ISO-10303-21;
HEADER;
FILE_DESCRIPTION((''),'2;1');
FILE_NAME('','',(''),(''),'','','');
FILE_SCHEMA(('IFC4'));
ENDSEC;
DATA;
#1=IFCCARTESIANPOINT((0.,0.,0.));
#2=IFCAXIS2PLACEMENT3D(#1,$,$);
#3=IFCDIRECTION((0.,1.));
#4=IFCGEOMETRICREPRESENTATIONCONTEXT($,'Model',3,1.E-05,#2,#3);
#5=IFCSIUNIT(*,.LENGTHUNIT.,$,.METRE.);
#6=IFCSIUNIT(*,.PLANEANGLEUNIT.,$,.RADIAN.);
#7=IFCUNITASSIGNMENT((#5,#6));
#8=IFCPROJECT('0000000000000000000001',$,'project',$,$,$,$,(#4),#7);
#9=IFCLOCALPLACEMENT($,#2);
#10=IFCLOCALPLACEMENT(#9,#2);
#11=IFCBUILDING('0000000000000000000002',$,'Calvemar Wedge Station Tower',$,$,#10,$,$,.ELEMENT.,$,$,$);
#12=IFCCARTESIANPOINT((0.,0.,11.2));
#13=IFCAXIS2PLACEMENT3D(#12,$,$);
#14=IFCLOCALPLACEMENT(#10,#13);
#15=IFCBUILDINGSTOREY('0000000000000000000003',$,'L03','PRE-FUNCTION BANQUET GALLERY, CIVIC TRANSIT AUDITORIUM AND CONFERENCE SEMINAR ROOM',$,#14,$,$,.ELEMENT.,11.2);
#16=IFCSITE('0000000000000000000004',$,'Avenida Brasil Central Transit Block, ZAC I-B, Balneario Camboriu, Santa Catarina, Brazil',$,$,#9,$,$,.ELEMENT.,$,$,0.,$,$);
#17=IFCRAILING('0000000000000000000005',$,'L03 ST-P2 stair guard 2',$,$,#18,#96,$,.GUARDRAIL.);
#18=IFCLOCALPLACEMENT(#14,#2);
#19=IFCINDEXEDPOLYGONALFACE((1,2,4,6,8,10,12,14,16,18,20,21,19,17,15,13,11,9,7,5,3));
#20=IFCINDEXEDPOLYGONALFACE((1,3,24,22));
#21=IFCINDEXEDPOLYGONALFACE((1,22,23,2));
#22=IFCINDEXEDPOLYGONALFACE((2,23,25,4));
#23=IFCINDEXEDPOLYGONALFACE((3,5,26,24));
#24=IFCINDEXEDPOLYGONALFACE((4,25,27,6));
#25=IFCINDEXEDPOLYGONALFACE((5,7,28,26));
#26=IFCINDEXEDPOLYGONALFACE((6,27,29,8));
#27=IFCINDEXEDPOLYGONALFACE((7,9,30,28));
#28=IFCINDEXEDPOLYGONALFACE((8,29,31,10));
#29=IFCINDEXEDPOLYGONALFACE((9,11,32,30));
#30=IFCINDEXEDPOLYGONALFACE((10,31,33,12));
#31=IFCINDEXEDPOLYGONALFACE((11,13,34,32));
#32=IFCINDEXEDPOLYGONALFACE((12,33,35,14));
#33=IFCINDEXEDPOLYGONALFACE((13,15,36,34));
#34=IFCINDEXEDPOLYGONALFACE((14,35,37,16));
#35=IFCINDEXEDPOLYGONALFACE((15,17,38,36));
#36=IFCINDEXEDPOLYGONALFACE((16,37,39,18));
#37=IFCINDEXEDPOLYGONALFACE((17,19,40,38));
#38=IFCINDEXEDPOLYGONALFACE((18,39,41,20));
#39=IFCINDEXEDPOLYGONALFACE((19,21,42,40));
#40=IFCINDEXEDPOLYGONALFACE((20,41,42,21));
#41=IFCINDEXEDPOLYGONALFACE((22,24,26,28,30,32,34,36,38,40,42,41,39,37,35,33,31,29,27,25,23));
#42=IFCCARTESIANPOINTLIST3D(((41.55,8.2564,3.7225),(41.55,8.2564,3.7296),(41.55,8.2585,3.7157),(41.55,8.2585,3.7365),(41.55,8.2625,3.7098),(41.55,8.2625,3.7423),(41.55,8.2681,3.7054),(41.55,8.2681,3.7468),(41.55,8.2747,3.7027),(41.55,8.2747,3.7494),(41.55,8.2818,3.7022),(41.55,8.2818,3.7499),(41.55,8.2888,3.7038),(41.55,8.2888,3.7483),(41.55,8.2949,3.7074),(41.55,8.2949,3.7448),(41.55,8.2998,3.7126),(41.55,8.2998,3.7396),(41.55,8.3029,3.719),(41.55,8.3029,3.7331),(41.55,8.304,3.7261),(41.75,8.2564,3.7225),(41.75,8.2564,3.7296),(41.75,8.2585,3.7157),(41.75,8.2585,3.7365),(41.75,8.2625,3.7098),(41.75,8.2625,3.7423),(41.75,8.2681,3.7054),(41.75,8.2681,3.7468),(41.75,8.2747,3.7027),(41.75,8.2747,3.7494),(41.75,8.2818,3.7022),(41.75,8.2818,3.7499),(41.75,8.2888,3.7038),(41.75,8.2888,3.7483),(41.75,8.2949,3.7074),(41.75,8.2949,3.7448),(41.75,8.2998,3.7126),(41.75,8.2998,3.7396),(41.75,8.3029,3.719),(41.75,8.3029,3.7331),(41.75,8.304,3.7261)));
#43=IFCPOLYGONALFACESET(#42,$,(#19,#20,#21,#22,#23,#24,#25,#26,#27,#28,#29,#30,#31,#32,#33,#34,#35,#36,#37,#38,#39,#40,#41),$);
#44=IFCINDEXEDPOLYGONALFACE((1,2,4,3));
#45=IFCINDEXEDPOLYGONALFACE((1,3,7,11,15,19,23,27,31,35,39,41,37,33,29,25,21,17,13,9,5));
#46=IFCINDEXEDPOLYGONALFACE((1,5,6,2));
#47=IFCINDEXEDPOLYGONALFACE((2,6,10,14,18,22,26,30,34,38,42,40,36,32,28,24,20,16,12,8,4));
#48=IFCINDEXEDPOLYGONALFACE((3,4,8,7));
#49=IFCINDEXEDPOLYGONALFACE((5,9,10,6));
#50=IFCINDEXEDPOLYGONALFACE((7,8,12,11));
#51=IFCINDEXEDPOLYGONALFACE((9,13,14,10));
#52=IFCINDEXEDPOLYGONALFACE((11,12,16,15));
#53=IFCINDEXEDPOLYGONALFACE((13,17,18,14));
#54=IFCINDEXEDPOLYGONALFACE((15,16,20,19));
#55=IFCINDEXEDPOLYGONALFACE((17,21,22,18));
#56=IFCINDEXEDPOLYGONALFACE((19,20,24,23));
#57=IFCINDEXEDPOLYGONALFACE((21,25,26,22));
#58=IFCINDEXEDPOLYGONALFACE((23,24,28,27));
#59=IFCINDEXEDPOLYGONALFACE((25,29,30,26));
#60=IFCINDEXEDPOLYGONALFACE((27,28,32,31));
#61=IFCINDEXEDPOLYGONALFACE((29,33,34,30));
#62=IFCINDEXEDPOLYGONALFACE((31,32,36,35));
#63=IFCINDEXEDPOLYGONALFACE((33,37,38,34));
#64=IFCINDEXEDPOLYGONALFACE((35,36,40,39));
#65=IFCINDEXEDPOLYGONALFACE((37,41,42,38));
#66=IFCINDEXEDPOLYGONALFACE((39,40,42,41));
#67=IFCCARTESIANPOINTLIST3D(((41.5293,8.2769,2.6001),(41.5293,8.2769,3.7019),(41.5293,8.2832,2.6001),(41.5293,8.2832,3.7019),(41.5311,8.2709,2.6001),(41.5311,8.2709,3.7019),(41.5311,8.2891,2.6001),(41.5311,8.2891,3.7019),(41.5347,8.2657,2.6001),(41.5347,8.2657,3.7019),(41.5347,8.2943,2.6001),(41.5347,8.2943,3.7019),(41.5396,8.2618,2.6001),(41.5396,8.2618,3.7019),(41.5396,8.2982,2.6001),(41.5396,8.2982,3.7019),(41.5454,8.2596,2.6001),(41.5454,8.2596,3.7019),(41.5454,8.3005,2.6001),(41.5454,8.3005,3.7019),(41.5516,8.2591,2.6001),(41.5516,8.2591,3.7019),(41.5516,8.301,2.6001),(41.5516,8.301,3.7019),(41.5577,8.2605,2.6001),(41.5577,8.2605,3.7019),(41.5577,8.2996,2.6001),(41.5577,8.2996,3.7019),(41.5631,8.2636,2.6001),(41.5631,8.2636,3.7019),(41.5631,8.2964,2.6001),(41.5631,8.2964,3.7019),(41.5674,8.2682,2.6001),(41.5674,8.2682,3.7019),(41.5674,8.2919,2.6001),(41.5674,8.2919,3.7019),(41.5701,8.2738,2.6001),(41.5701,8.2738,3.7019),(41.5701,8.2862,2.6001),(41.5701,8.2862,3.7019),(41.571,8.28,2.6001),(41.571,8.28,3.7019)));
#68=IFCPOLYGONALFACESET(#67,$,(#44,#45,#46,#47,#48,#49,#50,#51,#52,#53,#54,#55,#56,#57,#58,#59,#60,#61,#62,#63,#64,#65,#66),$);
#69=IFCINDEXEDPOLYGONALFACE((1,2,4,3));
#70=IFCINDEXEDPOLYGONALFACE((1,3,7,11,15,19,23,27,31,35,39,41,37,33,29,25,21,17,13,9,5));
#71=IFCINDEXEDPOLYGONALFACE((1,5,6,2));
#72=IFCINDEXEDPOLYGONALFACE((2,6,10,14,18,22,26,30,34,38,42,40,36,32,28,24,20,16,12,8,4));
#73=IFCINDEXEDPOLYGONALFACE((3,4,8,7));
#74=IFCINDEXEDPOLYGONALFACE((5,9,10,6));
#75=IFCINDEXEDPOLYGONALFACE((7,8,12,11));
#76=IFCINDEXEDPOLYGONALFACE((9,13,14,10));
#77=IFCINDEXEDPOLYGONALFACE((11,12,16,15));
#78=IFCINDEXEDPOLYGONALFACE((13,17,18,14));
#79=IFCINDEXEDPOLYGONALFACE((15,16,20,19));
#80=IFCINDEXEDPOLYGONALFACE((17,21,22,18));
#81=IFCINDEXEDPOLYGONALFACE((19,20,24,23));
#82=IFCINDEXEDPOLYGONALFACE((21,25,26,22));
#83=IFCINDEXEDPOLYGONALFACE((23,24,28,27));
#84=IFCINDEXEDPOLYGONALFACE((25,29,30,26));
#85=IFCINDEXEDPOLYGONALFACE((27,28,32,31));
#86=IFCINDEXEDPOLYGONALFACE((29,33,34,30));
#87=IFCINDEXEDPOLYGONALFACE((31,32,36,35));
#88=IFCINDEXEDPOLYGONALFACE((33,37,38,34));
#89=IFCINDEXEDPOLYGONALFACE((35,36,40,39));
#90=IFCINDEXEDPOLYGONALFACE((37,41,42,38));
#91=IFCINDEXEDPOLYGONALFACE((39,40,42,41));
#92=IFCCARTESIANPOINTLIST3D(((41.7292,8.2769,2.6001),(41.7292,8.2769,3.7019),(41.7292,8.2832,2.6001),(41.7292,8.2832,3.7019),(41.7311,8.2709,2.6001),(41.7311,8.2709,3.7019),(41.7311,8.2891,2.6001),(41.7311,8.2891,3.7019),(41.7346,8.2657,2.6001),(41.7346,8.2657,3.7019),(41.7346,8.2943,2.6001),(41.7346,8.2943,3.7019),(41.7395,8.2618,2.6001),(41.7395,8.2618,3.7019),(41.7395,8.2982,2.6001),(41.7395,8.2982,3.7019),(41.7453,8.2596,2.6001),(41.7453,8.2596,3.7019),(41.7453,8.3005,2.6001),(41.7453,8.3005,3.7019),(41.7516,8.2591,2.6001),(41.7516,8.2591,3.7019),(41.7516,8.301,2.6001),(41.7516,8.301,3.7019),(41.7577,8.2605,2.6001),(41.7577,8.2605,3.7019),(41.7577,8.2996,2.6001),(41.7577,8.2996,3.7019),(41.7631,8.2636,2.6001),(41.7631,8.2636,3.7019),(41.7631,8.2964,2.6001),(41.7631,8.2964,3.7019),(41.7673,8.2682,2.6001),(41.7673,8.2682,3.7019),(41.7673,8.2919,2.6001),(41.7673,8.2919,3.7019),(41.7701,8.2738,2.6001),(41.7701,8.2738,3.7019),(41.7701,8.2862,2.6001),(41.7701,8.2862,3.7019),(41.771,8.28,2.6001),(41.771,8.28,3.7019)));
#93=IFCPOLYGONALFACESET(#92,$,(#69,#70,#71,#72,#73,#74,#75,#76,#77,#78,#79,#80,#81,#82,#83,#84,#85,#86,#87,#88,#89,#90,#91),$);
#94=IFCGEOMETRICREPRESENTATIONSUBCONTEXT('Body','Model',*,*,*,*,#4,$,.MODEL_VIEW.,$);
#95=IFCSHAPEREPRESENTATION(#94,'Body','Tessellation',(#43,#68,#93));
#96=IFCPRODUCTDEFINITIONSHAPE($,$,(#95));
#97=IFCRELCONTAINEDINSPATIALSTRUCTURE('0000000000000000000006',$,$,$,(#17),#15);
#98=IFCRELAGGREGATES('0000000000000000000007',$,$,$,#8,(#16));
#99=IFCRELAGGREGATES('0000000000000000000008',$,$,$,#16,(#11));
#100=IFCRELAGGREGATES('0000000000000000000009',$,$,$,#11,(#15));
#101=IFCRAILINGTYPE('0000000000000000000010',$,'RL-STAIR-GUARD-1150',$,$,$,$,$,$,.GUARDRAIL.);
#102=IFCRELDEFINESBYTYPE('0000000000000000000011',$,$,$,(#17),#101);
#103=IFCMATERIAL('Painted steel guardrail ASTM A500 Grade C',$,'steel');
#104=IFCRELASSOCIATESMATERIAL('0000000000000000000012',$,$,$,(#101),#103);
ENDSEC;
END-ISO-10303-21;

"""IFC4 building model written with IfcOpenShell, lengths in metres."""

from ifc_helpers import new_model, si_unit, direction, frame, origin, origin_2d, place, context, subcontext, project, spatial, circle, extrude, material, type_object, element, save


model = new_model("IFC4")

# Units and contexts
model_context = context("Model", 3, precision=1e-05, world=origin(), true_north=direction((0.0, 1.0)))
body_context = subcontext(model_context, "Body", "Model", "MODEL_VIEW")
ifc_project = project(units=[si_unit("LENGTHUNIT", "METRE"), si_unit("PLANEANGLEUNIT", "RADIAN")], contexts=[model_context])

# Site, building, storey
site_placement = place(None, origin())
site = spatial("IfcSite", under=ifc_project, at=site_placement, Name="Avenida Brasil Central Transit Block, ZAC I-B, Balneario Camboriu, Santa Catarina, Brazil", CompositionType="ELEMENT", RefElevation=0.0)
building_placement = place(site_placement, origin())
building = spatial("IfcBuilding", under=site, at=building_placement, Name="Calvemar Wedge Station Tower", CompositionType="ELEMENT")
storey_placement = place(building_placement, frame((0.0, 0.0, 11.2)))
storey = spatial("IfcBuildingStorey", under=building, at=storey_placement, Name="L03", Description="PRE-FUNCTION BANQUET GALLERY, CIVIC TRANSIT AUDITORIUM AND CONFERENCE SEMINAR ROOM", CompositionType="ELEMENT", Elevation=11.2)

# Railing
ifc_material_1 = material(Name="Painted steel guardrail ASTM A500 Grade C", Category="steel")
railing_type_1 = type_object("IfcRailingType", Name="RL-STAIR-GUARD-1150", PredefinedType="GUARDRAIL", material=ifc_material_1)
railing_1_placement = place(storey_placement, frame((41.55, 8.28, 2.6001)))
element("IfcRailing", 1, at=railing_1_placement, inside=storey, type_object=railing_type_1, Name="L03 ST-P2 stair guard 2", PredefinedType="GUARDRAIL", context=body_context, shape_type="SweptSolid", body=[
    extrude(circle(Radius=0.0239, at=origin_2d()), frame((0.0, 0.0, 1.126), z_axis=(1.0, 0.0, 0.0), x_axis=(0.0, 1.0, 0.0)), (0.0, 0.0, 1.0), 0.2),
    extrude(circle(Radius=0.021, at=origin_2d()), origin(), (0.0, 0.0, 1.0), 1.1018),
    extrude(circle(Radius=0.021, at=origin_2d()), frame((0.2, 0.0, 0.0)), (0.0, 0.0, 1.0), 1.1018),
])

save(model, "model.ifc")
